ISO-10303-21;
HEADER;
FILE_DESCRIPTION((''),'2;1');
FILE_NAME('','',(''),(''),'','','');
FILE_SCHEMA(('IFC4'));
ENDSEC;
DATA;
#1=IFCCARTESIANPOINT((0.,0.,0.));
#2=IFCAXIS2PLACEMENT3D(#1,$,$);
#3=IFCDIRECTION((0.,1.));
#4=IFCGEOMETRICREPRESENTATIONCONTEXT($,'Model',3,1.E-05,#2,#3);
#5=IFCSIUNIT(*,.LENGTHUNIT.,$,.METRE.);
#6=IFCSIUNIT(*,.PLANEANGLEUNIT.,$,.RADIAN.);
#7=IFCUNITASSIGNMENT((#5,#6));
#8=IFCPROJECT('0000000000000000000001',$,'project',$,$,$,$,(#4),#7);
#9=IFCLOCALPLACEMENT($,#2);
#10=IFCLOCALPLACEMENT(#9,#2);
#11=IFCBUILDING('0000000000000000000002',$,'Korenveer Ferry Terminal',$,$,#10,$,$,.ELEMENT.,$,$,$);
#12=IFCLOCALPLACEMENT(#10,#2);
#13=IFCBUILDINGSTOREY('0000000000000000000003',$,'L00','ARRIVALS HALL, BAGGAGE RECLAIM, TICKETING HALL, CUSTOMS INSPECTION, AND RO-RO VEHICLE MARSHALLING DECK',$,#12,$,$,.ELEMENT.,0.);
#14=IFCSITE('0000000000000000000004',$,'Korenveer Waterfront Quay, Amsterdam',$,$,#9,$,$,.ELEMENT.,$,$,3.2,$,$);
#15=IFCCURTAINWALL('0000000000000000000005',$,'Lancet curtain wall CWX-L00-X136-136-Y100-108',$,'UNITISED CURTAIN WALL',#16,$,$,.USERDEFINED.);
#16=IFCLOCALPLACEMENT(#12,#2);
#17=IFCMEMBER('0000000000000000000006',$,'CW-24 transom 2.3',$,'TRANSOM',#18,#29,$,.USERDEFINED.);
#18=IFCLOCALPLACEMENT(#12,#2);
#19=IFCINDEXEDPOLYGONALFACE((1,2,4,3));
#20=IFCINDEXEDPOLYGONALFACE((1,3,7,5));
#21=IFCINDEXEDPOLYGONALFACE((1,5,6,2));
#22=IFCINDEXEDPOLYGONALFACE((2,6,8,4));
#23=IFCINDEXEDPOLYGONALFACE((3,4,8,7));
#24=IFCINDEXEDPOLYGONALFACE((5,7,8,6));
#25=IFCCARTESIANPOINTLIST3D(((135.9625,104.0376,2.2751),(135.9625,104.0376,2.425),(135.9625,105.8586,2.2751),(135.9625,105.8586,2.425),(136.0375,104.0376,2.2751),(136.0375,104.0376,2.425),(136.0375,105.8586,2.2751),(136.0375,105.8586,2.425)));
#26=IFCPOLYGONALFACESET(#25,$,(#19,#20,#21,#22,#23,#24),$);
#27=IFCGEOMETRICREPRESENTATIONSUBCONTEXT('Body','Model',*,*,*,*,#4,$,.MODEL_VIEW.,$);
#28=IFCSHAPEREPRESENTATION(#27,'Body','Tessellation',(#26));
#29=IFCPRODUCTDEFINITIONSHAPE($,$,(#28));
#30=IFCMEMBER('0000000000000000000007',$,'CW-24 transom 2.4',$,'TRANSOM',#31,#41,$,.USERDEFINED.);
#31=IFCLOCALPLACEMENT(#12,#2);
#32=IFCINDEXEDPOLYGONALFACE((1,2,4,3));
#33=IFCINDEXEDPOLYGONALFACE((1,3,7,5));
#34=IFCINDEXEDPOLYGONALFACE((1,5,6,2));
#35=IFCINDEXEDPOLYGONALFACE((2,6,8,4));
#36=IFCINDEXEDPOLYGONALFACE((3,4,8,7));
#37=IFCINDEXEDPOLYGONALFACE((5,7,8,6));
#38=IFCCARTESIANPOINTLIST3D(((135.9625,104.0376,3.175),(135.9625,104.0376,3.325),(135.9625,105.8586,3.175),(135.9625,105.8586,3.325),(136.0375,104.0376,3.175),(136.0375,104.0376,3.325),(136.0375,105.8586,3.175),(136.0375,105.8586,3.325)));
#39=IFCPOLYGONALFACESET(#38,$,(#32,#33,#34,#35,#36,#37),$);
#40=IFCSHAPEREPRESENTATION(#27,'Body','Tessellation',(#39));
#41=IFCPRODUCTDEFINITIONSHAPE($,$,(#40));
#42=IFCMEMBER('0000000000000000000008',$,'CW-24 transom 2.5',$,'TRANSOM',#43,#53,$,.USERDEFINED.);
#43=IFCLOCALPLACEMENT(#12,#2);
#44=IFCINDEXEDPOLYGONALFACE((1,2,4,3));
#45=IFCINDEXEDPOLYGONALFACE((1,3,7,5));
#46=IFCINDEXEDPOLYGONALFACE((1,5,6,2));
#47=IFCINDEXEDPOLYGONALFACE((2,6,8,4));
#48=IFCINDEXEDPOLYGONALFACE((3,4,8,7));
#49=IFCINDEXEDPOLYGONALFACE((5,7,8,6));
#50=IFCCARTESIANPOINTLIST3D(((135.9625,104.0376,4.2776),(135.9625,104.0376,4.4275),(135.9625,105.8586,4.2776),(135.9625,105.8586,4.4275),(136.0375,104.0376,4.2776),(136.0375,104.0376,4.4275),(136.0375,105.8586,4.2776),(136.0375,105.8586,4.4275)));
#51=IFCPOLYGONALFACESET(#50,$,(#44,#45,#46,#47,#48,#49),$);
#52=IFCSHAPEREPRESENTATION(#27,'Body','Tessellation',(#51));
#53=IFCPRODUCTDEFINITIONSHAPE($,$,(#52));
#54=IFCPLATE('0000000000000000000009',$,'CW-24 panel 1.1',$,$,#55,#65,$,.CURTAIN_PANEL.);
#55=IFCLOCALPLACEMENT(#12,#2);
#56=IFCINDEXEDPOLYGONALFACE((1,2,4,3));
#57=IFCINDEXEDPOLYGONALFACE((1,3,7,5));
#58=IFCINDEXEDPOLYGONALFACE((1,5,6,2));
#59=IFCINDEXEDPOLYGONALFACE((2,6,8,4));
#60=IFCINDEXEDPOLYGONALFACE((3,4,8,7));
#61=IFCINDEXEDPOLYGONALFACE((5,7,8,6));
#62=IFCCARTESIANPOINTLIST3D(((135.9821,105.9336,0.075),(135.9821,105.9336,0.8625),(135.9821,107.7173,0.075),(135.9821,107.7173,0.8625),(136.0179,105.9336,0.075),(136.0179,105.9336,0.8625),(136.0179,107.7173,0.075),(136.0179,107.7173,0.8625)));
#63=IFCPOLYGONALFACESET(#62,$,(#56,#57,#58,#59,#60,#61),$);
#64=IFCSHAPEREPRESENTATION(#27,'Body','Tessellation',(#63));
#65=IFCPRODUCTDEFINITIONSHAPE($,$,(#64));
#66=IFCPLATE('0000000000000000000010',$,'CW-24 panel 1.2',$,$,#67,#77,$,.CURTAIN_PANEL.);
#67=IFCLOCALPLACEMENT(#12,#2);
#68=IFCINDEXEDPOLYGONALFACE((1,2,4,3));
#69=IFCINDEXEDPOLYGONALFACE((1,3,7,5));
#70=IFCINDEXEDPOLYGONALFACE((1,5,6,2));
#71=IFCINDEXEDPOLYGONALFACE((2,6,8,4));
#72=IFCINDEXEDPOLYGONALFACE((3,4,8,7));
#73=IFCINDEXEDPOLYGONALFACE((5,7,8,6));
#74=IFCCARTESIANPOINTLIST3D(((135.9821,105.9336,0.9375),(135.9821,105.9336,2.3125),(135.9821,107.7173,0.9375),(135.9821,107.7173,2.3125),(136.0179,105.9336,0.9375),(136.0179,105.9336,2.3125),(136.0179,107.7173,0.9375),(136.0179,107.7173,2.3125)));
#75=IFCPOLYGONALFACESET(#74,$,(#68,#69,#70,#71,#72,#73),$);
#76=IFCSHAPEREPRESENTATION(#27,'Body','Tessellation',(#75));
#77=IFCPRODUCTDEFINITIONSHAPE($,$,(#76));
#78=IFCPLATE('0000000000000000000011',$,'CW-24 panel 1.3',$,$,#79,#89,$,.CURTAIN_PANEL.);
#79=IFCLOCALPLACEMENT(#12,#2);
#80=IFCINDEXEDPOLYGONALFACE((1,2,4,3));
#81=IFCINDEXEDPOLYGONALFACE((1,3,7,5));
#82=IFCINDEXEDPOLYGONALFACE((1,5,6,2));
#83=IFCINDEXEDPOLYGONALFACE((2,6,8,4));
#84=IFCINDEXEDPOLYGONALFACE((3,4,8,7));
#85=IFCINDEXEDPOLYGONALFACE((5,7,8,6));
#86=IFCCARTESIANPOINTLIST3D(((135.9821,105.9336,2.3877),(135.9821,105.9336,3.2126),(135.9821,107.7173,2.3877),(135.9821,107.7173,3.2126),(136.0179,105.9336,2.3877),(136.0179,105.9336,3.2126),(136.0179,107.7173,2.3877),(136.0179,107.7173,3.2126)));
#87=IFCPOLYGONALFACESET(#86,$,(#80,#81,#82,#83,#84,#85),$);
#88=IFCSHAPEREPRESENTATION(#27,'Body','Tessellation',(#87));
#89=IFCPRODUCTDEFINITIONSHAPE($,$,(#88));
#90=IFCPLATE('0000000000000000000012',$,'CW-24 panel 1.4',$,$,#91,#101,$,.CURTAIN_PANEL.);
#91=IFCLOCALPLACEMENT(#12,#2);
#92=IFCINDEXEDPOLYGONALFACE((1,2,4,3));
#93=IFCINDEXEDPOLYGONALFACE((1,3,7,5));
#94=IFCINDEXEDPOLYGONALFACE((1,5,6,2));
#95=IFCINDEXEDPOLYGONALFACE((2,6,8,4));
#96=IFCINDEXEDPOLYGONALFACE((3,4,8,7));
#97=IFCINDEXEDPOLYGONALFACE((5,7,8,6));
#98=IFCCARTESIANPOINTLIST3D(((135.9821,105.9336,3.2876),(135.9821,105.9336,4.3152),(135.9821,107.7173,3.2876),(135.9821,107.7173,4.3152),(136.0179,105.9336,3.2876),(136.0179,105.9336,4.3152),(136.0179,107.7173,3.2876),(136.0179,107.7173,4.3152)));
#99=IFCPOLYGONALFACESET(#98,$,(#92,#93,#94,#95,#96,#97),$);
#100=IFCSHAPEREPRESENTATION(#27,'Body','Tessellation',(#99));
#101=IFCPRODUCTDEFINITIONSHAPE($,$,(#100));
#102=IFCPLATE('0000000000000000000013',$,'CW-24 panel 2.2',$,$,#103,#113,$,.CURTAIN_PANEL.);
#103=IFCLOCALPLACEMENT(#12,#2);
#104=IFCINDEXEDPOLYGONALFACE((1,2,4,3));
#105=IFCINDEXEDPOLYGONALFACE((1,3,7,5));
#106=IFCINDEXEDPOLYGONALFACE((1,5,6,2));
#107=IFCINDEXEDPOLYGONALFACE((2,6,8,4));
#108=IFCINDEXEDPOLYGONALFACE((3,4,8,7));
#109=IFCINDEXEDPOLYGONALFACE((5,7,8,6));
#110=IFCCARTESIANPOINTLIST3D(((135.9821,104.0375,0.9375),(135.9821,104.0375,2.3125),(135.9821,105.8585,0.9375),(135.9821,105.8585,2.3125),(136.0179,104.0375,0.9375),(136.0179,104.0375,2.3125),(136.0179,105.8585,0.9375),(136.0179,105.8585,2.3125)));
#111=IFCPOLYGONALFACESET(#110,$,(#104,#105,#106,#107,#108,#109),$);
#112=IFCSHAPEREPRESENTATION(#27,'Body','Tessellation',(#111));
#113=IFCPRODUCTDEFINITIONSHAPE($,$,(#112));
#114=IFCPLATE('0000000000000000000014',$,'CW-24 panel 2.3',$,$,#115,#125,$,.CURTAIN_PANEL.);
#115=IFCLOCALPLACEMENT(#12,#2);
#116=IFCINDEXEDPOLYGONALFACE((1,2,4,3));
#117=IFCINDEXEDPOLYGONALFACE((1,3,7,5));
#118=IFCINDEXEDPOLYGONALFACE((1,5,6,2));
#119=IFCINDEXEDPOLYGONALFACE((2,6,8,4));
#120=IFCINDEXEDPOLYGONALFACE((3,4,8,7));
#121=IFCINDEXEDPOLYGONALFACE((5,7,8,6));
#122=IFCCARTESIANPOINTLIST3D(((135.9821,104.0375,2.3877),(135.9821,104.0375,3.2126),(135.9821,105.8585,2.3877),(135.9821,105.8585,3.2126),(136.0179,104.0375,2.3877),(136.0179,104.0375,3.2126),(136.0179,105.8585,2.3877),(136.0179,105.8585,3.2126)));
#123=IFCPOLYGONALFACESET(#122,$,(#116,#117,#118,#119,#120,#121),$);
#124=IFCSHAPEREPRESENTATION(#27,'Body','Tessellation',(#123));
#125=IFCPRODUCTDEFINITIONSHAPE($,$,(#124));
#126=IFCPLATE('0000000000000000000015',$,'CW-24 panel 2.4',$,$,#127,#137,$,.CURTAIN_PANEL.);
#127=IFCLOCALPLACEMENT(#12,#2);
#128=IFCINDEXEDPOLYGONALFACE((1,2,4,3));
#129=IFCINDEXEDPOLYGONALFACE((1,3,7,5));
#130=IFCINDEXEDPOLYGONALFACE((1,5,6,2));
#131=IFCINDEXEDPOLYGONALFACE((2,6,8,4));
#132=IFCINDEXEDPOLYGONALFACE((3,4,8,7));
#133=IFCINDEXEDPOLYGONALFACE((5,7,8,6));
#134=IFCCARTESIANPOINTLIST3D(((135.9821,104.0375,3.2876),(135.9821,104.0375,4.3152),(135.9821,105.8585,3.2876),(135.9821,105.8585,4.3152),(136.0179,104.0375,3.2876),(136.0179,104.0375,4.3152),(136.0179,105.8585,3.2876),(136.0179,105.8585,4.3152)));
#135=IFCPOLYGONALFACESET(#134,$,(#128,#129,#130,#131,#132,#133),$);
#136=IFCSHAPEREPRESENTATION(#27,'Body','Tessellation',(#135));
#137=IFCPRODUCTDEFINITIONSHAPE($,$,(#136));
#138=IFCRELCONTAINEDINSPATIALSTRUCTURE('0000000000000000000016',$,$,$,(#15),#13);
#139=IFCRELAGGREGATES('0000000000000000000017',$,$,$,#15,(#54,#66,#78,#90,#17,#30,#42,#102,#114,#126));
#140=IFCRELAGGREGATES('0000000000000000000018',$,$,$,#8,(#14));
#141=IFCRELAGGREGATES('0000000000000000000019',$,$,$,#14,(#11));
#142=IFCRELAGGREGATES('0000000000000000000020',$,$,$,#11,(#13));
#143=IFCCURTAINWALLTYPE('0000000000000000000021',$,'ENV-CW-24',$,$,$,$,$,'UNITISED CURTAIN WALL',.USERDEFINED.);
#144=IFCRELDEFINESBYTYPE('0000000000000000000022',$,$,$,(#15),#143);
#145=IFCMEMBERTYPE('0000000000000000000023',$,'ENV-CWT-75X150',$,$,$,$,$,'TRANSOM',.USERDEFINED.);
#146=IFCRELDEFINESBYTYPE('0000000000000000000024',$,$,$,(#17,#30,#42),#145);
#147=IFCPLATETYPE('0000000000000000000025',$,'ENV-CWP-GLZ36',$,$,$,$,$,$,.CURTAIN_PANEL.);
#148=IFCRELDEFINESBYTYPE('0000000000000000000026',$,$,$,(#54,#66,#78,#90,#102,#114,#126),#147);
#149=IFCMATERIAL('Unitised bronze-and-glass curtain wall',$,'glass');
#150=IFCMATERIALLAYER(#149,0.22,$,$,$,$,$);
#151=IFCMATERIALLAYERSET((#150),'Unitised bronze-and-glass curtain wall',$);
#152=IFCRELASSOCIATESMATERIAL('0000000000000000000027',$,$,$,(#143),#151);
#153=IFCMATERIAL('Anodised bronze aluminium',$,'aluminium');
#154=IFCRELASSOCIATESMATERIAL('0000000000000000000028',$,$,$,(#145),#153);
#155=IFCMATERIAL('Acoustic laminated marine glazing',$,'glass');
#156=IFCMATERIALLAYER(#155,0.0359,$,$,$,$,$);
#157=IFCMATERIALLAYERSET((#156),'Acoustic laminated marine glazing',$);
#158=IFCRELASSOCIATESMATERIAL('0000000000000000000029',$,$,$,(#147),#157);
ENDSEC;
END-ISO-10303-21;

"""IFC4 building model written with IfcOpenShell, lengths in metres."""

from ifc_helpers import new_model, si_unit, direction, frame, origin, origin_2d, place, context, subcontext, project, spatial, rectangle, extrude, material, layer, layer_set, material_profile, profile_set, type_object, element, aggregate, save


model = new_model("IFC4")

# Units and contexts
model_context = context("Model", 3, precision=1e-05, world=origin(), true_north=direction((0.0, 1.0)))
body_context = subcontext(model_context, "Body", "Model", "MODEL_VIEW")
ifc_project = project(units=[si_unit("LENGTHUNIT", "METRE"), si_unit("PLANEANGLEUNIT", "RADIAN")], contexts=[model_context])

# Site, building, storey
site_placement = place(None, origin())
site = spatial("IfcSite", under=ifc_project, at=site_placement, Name="Korenveer Waterfront Quay, Amsterdam", CompositionType="ELEMENT", RefElevation=3.2)
building_placement = place(site_placement, origin())
building = spatial("IfcBuilding", under=site, at=building_placement, Name="Korenveer Ferry Terminal", CompositionType="ELEMENT")
storey_placement = place(building_placement, origin())
storey = spatial("IfcBuildingStorey", under=building, at=storey_placement, Name="L00", Description="ARRIVALS HALL, BAGGAGE RECLAIM, TICKETING HALL, CUSTOMS INSPECTION, AND RO-RO VEHICLE MARSHALLING DECK", CompositionType="ELEMENT", Elevation=0.0)

# Curtain wall, members, plates
ifc_material_1 = material(Name="Unitised bronze-and-glass curtain wall", Category="glass")
ifc_layer_1 = layer(ifc_material_1, 0.22)
ifc_layer_set_1 = layer_set([ifc_layer_1], Name="Unitised bronze-and-glass curtain wall")
curtain_wall_type = type_object("IfcCurtainWallType", Name="ENV-CW-24", ElementType="UNITISED CURTAIN WALL", PredefinedType="USERDEFINED", material=ifc_layer_set_1)
curtain_wall_placement = place(storey_placement, frame((136.0, 107.7922, 0.0)))
curtain_wall = element("IfcCurtainWall", 1, at=curtain_wall_placement, inside=storey, type_object=curtain_wall_type, Name="Lancet curtain wall CWX-L00-X136-136-Y100-108", ObjectType="UNITISED CURTAIN WALL", PredefinedType="USERDEFINED")
ifc_material_2 = material(Name="Anodised bronze aluminium", Category="aluminium")
ifc_material_profile_1 = material_profile(ifc_material_2, rectangle(XDim=0.075, YDim=0.1499, at=origin_2d()), Name="ALU 75x150")
ifc_profile_set_1 = profile_set([ifc_material_profile_1], Name="Anodised bronze aluminium")
member_type_1 = type_object("IfcMemberType", Name="ENV-CWT-75X150", ElementType="TRANSOM", PredefinedType="USERDEFINED", material=ifc_profile_set_1)
member_1_placement = place(storey_placement, frame((136.0, 105.8586, 2.3501), z_axis=(0.0, -1.0, 0.0), x_axis=(1.0, 0.0, 0.0)))
member_1 = element("IfcMember", 2, at=member_1_placement, type_object=member_type_1, Name="CW-24 transom 2.3", ObjectType="TRANSOM", PredefinedType="USERDEFINED", context=body_context, shape_type="SweptSolid", body=[
    extrude(rectangle(XDim=0.075, YDim=0.1499, at=origin_2d()), origin(), (0.0, 0.0, 1.0), 1.821),
])
member_2_placement = place(storey_placement, frame((136.0, 105.8586, 3.25), z_axis=(0.0, -1.0, 0.0), x_axis=(1.0, 0.0, 0.0)))
member_2 = element("IfcMember", 3, at=member_2_placement, type_object=member_type_1, Name="CW-24 transom 2.4", ObjectType="TRANSOM", PredefinedType="USERDEFINED", context=body_context, shape_type="SweptSolid", body=[
    extrude(rectangle(XDim=0.075, YDim=0.1499, at=origin_2d()), origin(), (0.0, 0.0, 1.0), 1.821),
])
member_3_placement = place(storey_placement, frame((136.0, 105.8586, 4.3525), z_axis=(0.0, -1.0, 0.0), x_axis=(1.0, 0.0, 0.0)))
member_3 = element("IfcMember", 4, at=member_3_placement, type_object=member_type_1, Name="CW-24 transom 2.5", ObjectType="TRANSOM", PredefinedType="USERDEFINED", context=body_context, shape_type="SweptSolid", body=[
    extrude(rectangle(XDim=0.075, YDim=0.1499, at=origin_2d()), origin(), (0.0, 0.0, 1.0), 1.821),
])
ifc_material_3 = material(Name="Acoustic laminated marine glazing", Category="glass")
ifc_layer_2 = layer(ifc_material_3, 0.0359)
ifc_layer_set_2 = layer_set([ifc_layer_2], Name="Acoustic laminated marine glazing")
plate_type = type_object("IfcPlateType", Name="ENV-CWP-GLZ36", PredefinedType="CURTAIN_PANEL", material=ifc_layer_set_2)
plate_1_placement = place(storey_placement, frame((136.0, 106.8254, 0.075), z_axis=(0.0, 0.0, 1.0), x_axis=(0.0, -1.0, 0.0)))
plate_1 = element("IfcPlate", 5, at=plate_1_placement, type_object=plate_type, Name="CW-24 panel 1.1", PredefinedType="CURTAIN_PANEL", context=body_context, shape_type="SweptSolid", body=[
    extrude(rectangle(XDim=1.7837, YDim=0.0359, at=origin_2d()), origin(), (0.0, 0.0, 1.0), 0.7876),
])
plate_2_placement = place(storey_placement, frame((136.0, 106.8254, 0.9375), z_axis=(0.0, 0.0, 1.0), x_axis=(0.0, -1.0, 0.0)))
plate_2 = element("IfcPlate", 6, at=plate_2_placement, type_object=plate_type, Name="CW-24 panel 1.2", PredefinedType="CURTAIN_PANEL", context=body_context, shape_type="SweptSolid", body=[
    extrude(rectangle(XDim=1.7837, YDim=0.0359, at=origin_2d()), origin(), (0.0, 0.0, 1.0), 1.375),
])
plate_3_placement = place(storey_placement, frame((136.0, 106.8254, 2.3877), z_axis=(0.0, 0.0, 1.0), x_axis=(0.0, -1.0, 0.0)))
plate_3 = element("IfcPlate", 7, at=plate_3_placement, type_object=plate_type, Name="CW-24 panel 1.3", PredefinedType="CURTAIN_PANEL", context=body_context, shape_type="SweptSolid", body=[
    extrude(rectangle(XDim=1.7837, YDim=0.0359, at=origin_2d()), origin(), (0.0, 0.0, 1.0), 0.825),
])
plate_4_placement = place(storey_placement, frame((136.0, 106.8254, 3.2876), z_axis=(0.0, 0.0, 1.0), x_axis=(0.0, -1.0, 0.0)))
plate_4 = element("IfcPlate", 8, at=plate_4_placement, type_object=plate_type, Name="CW-24 panel 1.4", PredefinedType="CURTAIN_PANEL", context=body_context, shape_type="SweptSolid", body=[
    extrude(rectangle(XDim=1.7837, YDim=0.0359, at=origin_2d()), origin(), (0.0, 0.0, 1.0), 1.0276),
])
plate_5_placement = place(storey_placement, frame((136.0, 104.948, 0.9375), z_axis=(0.0, 0.0, 1.0), x_axis=(0.0, -1.0, 0.0)))
plate_5 = element("IfcPlate", 9, at=plate_5_placement, type_object=plate_type, Name="CW-24 panel 2.2", PredefinedType="CURTAIN_PANEL", context=body_context, shape_type="SweptSolid", body=[
    extrude(rectangle(XDim=1.821, YDim=0.0359, at=origin_2d()), origin(), (0.0, 0.0, 1.0), 1.375),
])
plate_6_placement = place(storey_placement, frame((136.0, 104.948, 2.3877), z_axis=(0.0, 0.0, 1.0), x_axis=(0.0, -1.0, 0.0)))
plate_6 = element("IfcPlate", 10, at=plate_6_placement, type_object=plate_type, Name="CW-24 panel 2.3", PredefinedType="CURTAIN_PANEL", context=body_context, shape_type="SweptSolid", body=[
    extrude(rectangle(XDim=1.821, YDim=0.0359, at=origin_2d()), origin(), (0.0, 0.0, 1.0), 0.825),
])
plate_7_placement = place(storey_placement, frame((136.0, 104.948, 3.2876), z_axis=(0.0, 0.0, 1.0), x_axis=(0.0, -1.0, 0.0)))
plate_7 = element("IfcPlate", 11, at=plate_7_placement, type_object=plate_type, Name="CW-24 panel 2.4", PredefinedType="CURTAIN_PANEL", context=body_context, shape_type="SweptSolid", body=[
    extrude(rectangle(XDim=1.821, YDim=0.0359, at=origin_2d()), origin(), (0.0, 0.0, 1.0), 1.0276),
])
aggregate(curtain_wall, [plate_1, plate_2, plate_3, plate_4, member_1, member_2, member_3, plate_5, plate_6, plate_7])

save(model, "model.ifc")
